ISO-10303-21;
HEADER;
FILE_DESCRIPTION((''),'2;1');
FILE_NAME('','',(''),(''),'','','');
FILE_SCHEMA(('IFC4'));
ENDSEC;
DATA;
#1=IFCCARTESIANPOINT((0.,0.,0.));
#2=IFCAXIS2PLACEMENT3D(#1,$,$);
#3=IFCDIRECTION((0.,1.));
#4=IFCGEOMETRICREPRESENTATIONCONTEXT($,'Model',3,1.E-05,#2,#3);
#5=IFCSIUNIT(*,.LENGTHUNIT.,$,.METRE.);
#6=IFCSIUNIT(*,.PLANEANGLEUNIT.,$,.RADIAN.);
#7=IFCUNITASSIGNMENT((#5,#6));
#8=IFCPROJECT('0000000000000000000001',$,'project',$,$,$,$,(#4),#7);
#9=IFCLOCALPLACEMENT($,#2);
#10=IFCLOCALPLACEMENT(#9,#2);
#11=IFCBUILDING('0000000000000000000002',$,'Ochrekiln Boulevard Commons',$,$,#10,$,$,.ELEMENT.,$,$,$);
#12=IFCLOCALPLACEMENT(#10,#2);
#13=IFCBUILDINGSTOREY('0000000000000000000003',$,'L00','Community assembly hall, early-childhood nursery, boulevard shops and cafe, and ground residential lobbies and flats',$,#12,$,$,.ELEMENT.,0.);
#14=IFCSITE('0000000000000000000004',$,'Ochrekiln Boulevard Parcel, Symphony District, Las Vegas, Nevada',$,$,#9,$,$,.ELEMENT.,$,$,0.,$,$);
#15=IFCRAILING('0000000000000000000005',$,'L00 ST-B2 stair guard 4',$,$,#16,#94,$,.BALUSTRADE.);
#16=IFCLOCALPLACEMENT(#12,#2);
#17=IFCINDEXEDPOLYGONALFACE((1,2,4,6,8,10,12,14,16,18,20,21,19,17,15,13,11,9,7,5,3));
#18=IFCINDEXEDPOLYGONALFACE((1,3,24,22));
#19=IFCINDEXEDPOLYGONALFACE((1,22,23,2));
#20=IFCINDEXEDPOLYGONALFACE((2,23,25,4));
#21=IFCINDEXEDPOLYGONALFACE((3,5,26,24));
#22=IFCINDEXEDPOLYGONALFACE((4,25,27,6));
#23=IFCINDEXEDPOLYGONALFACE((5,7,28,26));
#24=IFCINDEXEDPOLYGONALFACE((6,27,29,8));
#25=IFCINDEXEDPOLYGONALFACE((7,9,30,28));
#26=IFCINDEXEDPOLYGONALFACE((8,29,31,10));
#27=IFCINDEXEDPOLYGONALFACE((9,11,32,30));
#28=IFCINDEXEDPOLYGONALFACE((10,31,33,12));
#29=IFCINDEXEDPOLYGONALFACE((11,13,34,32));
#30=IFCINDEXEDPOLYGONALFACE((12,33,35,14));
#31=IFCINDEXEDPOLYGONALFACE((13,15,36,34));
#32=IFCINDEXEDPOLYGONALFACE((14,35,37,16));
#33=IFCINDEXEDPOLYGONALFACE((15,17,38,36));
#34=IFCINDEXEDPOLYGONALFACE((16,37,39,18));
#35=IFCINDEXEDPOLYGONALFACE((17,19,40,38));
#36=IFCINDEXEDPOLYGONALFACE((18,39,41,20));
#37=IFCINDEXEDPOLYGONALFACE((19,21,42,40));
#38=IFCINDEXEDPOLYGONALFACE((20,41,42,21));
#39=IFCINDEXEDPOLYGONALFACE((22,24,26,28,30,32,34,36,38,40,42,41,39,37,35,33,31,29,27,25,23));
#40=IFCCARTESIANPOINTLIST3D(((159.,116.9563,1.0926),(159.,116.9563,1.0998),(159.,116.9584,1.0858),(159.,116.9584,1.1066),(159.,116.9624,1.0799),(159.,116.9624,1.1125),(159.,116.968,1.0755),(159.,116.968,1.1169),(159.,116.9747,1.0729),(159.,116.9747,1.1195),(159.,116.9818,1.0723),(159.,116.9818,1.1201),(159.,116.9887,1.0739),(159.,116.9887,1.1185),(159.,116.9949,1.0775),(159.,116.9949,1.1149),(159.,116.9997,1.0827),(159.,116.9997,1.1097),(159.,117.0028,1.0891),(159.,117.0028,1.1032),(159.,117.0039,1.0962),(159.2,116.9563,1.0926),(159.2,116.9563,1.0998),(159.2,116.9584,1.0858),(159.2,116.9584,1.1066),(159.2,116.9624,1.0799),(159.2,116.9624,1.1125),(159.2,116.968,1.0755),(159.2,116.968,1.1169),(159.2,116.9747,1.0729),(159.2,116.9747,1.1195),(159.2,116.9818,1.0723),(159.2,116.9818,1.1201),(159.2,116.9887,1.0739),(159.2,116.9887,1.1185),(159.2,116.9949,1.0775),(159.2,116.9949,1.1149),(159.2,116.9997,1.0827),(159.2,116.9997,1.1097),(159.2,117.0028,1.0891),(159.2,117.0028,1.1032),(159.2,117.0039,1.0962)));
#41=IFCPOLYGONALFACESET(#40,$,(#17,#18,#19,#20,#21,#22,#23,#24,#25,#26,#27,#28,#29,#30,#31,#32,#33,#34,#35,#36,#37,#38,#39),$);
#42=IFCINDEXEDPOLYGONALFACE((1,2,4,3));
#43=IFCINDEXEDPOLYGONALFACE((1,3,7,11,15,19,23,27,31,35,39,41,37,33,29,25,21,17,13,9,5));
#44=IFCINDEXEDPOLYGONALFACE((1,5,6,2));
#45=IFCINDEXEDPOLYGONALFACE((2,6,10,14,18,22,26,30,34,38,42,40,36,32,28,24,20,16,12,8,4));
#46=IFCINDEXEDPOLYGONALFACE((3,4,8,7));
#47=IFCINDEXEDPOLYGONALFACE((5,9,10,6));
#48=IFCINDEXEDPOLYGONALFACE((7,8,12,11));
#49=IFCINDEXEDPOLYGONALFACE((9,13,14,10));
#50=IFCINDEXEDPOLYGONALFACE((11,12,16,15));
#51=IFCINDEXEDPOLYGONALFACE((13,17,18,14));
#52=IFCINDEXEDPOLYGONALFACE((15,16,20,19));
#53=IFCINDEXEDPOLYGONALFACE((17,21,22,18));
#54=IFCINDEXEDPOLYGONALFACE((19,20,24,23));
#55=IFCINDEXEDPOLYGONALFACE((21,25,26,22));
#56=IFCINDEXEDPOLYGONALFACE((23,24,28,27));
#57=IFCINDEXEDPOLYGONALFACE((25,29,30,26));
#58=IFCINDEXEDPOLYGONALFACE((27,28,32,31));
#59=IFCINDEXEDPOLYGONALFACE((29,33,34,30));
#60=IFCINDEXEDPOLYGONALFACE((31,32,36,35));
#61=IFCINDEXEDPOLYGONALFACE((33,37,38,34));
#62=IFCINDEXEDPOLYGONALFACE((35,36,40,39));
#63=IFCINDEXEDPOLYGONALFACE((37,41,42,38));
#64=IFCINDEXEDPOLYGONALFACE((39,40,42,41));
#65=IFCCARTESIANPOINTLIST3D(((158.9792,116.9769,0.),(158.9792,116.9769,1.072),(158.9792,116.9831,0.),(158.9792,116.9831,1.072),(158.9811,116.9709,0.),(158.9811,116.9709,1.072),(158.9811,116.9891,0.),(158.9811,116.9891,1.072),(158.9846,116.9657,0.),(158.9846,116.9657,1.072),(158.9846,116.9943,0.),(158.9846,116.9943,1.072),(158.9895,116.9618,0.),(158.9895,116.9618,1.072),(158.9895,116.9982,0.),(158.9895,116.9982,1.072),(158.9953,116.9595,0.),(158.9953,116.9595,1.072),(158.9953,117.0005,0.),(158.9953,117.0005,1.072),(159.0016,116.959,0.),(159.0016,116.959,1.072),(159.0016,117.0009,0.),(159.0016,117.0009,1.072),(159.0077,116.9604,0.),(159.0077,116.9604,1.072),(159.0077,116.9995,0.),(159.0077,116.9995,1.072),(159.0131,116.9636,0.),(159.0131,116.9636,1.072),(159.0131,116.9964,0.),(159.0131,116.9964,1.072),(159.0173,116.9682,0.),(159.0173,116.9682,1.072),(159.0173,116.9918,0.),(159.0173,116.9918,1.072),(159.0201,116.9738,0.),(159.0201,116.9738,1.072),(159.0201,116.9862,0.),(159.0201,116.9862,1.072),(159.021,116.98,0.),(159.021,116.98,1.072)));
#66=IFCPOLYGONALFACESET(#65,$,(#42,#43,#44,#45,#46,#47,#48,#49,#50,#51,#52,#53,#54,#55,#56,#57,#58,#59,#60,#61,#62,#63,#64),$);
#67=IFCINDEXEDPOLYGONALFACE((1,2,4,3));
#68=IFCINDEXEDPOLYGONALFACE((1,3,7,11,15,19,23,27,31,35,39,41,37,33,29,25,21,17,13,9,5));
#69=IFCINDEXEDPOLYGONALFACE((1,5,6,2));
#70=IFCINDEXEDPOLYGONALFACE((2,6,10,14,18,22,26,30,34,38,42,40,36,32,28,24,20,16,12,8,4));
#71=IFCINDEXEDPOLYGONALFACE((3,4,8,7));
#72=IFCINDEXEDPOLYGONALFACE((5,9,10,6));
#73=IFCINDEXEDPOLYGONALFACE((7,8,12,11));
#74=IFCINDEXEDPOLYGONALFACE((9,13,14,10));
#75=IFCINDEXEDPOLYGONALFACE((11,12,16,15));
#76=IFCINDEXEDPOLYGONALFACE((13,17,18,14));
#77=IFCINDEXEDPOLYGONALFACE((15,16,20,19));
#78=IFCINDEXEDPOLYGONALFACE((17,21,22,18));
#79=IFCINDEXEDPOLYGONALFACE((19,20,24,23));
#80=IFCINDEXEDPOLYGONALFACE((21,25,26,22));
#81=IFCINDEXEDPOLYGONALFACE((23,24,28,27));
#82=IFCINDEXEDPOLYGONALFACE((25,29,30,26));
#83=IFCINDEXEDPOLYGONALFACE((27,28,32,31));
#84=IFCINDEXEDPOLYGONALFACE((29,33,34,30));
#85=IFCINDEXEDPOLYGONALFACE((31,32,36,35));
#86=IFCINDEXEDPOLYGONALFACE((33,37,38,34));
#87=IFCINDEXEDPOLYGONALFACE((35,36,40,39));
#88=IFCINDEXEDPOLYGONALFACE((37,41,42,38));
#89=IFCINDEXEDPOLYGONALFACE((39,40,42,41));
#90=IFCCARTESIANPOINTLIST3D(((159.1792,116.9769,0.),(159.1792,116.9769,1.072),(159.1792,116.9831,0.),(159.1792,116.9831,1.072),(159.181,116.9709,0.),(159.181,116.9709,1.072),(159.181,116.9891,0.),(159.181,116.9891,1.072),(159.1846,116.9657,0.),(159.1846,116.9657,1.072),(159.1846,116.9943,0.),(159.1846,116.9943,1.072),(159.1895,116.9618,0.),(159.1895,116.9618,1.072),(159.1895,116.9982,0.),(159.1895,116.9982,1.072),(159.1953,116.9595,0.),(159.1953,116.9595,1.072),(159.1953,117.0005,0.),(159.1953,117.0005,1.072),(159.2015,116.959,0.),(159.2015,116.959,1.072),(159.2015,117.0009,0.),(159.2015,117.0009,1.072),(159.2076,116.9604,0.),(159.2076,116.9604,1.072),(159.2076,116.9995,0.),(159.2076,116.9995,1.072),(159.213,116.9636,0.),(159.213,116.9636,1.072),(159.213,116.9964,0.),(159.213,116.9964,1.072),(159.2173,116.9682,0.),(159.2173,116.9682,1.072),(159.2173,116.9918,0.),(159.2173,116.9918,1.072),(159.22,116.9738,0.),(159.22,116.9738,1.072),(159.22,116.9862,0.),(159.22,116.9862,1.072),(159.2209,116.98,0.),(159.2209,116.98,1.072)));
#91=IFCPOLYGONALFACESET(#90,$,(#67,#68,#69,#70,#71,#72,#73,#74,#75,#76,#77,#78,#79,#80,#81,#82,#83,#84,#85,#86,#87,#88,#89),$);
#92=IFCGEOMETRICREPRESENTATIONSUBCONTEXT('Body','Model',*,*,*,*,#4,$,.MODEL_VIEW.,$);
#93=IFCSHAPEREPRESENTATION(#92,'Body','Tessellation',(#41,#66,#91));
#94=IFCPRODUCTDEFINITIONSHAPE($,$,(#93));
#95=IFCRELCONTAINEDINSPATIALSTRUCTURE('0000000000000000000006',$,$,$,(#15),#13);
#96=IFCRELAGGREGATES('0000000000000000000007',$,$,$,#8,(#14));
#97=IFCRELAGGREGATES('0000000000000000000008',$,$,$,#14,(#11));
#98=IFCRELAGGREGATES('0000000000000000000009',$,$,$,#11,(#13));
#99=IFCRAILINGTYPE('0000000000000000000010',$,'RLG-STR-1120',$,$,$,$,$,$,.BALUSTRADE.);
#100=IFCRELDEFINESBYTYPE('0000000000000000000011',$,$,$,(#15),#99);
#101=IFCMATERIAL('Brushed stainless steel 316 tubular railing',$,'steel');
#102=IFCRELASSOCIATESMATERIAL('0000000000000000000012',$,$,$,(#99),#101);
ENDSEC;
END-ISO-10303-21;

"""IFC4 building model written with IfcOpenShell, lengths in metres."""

from ifc_helpers import new_model, si_unit, direction, frame, origin, origin_2d, place, context, subcontext, project, spatial, circle, extrude, material, type_object, element, save


model = new_model("IFC4")

# Units and contexts
model_context = context("Model", 3, precision=1e-05, world=origin(), true_north=direction((0.0, 1.0)))
body_context = subcontext(model_context, "Body", "Model", "MODEL_VIEW")
ifc_project = project(units=[si_unit("LENGTHUNIT", "METRE"), si_unit("PLANEANGLEUNIT", "RADIAN")], contexts=[model_context])

# Site, building, storey
site_placement = place(None, origin())
site = spatial("IfcSite", under=ifc_project, at=site_placement, Name="Ochrekiln Boulevard Parcel, Symphony District, Las Vegas, Nevada", CompositionType="ELEMENT", RefElevation=0.0)
building_placement = place(site_placement, origin())
building = spatial("IfcBuilding", under=site, at=building_placement, Name="Ochrekiln Boulevard Commons", CompositionType="ELEMENT")
storey_placement = place(building_placement, origin())
storey = spatial("IfcBuildingStorey", under=building, at=storey_placement, Name="L00", Description="Community assembly hall, early-childhood nursery, boulevard shops and cafe, and ground residential lobbies and flats", CompositionType="ELEMENT", Elevation=0.0)

# Railing
ifc_material_1 = material(Name="Brushed stainless steel 316 tubular railing", Category="steel")
railing_type_1 = type_object("IfcRailingType", Name="RLG-STR-1120", PredefinedType="BALUSTRADE", material=ifc_material_1)
railing_1_placement = place(storey_placement, frame((159.0, 116.98, 0.0)))
element("IfcRailing", 1, at=railing_1_placement, inside=storey, type_object=railing_type_1, Name="L00 ST-B2 stair guard 4", PredefinedType="BALUSTRADE", context=body_context, shape_type="SweptSolid", body=[
    extrude(circle(Radius=0.0239, at=origin_2d()), frame((0.0, 0.0, 1.0962), z_axis=(1.0, 0.0, 0.0), x_axis=(0.0, 1.0, 0.0)), (0.0, 0.0, 1.0), 0.2),
    extrude(circle(Radius=0.021, at=origin_2d()), origin(), (0.0, 0.0, 1.0), 1.072),
    extrude(circle(Radius=0.021, at=origin_2d()), frame((0.2, 0.0, 0.0)), (0.0, 0.0, 1.0), 1.072),
])

save(model, "model.ifc")
